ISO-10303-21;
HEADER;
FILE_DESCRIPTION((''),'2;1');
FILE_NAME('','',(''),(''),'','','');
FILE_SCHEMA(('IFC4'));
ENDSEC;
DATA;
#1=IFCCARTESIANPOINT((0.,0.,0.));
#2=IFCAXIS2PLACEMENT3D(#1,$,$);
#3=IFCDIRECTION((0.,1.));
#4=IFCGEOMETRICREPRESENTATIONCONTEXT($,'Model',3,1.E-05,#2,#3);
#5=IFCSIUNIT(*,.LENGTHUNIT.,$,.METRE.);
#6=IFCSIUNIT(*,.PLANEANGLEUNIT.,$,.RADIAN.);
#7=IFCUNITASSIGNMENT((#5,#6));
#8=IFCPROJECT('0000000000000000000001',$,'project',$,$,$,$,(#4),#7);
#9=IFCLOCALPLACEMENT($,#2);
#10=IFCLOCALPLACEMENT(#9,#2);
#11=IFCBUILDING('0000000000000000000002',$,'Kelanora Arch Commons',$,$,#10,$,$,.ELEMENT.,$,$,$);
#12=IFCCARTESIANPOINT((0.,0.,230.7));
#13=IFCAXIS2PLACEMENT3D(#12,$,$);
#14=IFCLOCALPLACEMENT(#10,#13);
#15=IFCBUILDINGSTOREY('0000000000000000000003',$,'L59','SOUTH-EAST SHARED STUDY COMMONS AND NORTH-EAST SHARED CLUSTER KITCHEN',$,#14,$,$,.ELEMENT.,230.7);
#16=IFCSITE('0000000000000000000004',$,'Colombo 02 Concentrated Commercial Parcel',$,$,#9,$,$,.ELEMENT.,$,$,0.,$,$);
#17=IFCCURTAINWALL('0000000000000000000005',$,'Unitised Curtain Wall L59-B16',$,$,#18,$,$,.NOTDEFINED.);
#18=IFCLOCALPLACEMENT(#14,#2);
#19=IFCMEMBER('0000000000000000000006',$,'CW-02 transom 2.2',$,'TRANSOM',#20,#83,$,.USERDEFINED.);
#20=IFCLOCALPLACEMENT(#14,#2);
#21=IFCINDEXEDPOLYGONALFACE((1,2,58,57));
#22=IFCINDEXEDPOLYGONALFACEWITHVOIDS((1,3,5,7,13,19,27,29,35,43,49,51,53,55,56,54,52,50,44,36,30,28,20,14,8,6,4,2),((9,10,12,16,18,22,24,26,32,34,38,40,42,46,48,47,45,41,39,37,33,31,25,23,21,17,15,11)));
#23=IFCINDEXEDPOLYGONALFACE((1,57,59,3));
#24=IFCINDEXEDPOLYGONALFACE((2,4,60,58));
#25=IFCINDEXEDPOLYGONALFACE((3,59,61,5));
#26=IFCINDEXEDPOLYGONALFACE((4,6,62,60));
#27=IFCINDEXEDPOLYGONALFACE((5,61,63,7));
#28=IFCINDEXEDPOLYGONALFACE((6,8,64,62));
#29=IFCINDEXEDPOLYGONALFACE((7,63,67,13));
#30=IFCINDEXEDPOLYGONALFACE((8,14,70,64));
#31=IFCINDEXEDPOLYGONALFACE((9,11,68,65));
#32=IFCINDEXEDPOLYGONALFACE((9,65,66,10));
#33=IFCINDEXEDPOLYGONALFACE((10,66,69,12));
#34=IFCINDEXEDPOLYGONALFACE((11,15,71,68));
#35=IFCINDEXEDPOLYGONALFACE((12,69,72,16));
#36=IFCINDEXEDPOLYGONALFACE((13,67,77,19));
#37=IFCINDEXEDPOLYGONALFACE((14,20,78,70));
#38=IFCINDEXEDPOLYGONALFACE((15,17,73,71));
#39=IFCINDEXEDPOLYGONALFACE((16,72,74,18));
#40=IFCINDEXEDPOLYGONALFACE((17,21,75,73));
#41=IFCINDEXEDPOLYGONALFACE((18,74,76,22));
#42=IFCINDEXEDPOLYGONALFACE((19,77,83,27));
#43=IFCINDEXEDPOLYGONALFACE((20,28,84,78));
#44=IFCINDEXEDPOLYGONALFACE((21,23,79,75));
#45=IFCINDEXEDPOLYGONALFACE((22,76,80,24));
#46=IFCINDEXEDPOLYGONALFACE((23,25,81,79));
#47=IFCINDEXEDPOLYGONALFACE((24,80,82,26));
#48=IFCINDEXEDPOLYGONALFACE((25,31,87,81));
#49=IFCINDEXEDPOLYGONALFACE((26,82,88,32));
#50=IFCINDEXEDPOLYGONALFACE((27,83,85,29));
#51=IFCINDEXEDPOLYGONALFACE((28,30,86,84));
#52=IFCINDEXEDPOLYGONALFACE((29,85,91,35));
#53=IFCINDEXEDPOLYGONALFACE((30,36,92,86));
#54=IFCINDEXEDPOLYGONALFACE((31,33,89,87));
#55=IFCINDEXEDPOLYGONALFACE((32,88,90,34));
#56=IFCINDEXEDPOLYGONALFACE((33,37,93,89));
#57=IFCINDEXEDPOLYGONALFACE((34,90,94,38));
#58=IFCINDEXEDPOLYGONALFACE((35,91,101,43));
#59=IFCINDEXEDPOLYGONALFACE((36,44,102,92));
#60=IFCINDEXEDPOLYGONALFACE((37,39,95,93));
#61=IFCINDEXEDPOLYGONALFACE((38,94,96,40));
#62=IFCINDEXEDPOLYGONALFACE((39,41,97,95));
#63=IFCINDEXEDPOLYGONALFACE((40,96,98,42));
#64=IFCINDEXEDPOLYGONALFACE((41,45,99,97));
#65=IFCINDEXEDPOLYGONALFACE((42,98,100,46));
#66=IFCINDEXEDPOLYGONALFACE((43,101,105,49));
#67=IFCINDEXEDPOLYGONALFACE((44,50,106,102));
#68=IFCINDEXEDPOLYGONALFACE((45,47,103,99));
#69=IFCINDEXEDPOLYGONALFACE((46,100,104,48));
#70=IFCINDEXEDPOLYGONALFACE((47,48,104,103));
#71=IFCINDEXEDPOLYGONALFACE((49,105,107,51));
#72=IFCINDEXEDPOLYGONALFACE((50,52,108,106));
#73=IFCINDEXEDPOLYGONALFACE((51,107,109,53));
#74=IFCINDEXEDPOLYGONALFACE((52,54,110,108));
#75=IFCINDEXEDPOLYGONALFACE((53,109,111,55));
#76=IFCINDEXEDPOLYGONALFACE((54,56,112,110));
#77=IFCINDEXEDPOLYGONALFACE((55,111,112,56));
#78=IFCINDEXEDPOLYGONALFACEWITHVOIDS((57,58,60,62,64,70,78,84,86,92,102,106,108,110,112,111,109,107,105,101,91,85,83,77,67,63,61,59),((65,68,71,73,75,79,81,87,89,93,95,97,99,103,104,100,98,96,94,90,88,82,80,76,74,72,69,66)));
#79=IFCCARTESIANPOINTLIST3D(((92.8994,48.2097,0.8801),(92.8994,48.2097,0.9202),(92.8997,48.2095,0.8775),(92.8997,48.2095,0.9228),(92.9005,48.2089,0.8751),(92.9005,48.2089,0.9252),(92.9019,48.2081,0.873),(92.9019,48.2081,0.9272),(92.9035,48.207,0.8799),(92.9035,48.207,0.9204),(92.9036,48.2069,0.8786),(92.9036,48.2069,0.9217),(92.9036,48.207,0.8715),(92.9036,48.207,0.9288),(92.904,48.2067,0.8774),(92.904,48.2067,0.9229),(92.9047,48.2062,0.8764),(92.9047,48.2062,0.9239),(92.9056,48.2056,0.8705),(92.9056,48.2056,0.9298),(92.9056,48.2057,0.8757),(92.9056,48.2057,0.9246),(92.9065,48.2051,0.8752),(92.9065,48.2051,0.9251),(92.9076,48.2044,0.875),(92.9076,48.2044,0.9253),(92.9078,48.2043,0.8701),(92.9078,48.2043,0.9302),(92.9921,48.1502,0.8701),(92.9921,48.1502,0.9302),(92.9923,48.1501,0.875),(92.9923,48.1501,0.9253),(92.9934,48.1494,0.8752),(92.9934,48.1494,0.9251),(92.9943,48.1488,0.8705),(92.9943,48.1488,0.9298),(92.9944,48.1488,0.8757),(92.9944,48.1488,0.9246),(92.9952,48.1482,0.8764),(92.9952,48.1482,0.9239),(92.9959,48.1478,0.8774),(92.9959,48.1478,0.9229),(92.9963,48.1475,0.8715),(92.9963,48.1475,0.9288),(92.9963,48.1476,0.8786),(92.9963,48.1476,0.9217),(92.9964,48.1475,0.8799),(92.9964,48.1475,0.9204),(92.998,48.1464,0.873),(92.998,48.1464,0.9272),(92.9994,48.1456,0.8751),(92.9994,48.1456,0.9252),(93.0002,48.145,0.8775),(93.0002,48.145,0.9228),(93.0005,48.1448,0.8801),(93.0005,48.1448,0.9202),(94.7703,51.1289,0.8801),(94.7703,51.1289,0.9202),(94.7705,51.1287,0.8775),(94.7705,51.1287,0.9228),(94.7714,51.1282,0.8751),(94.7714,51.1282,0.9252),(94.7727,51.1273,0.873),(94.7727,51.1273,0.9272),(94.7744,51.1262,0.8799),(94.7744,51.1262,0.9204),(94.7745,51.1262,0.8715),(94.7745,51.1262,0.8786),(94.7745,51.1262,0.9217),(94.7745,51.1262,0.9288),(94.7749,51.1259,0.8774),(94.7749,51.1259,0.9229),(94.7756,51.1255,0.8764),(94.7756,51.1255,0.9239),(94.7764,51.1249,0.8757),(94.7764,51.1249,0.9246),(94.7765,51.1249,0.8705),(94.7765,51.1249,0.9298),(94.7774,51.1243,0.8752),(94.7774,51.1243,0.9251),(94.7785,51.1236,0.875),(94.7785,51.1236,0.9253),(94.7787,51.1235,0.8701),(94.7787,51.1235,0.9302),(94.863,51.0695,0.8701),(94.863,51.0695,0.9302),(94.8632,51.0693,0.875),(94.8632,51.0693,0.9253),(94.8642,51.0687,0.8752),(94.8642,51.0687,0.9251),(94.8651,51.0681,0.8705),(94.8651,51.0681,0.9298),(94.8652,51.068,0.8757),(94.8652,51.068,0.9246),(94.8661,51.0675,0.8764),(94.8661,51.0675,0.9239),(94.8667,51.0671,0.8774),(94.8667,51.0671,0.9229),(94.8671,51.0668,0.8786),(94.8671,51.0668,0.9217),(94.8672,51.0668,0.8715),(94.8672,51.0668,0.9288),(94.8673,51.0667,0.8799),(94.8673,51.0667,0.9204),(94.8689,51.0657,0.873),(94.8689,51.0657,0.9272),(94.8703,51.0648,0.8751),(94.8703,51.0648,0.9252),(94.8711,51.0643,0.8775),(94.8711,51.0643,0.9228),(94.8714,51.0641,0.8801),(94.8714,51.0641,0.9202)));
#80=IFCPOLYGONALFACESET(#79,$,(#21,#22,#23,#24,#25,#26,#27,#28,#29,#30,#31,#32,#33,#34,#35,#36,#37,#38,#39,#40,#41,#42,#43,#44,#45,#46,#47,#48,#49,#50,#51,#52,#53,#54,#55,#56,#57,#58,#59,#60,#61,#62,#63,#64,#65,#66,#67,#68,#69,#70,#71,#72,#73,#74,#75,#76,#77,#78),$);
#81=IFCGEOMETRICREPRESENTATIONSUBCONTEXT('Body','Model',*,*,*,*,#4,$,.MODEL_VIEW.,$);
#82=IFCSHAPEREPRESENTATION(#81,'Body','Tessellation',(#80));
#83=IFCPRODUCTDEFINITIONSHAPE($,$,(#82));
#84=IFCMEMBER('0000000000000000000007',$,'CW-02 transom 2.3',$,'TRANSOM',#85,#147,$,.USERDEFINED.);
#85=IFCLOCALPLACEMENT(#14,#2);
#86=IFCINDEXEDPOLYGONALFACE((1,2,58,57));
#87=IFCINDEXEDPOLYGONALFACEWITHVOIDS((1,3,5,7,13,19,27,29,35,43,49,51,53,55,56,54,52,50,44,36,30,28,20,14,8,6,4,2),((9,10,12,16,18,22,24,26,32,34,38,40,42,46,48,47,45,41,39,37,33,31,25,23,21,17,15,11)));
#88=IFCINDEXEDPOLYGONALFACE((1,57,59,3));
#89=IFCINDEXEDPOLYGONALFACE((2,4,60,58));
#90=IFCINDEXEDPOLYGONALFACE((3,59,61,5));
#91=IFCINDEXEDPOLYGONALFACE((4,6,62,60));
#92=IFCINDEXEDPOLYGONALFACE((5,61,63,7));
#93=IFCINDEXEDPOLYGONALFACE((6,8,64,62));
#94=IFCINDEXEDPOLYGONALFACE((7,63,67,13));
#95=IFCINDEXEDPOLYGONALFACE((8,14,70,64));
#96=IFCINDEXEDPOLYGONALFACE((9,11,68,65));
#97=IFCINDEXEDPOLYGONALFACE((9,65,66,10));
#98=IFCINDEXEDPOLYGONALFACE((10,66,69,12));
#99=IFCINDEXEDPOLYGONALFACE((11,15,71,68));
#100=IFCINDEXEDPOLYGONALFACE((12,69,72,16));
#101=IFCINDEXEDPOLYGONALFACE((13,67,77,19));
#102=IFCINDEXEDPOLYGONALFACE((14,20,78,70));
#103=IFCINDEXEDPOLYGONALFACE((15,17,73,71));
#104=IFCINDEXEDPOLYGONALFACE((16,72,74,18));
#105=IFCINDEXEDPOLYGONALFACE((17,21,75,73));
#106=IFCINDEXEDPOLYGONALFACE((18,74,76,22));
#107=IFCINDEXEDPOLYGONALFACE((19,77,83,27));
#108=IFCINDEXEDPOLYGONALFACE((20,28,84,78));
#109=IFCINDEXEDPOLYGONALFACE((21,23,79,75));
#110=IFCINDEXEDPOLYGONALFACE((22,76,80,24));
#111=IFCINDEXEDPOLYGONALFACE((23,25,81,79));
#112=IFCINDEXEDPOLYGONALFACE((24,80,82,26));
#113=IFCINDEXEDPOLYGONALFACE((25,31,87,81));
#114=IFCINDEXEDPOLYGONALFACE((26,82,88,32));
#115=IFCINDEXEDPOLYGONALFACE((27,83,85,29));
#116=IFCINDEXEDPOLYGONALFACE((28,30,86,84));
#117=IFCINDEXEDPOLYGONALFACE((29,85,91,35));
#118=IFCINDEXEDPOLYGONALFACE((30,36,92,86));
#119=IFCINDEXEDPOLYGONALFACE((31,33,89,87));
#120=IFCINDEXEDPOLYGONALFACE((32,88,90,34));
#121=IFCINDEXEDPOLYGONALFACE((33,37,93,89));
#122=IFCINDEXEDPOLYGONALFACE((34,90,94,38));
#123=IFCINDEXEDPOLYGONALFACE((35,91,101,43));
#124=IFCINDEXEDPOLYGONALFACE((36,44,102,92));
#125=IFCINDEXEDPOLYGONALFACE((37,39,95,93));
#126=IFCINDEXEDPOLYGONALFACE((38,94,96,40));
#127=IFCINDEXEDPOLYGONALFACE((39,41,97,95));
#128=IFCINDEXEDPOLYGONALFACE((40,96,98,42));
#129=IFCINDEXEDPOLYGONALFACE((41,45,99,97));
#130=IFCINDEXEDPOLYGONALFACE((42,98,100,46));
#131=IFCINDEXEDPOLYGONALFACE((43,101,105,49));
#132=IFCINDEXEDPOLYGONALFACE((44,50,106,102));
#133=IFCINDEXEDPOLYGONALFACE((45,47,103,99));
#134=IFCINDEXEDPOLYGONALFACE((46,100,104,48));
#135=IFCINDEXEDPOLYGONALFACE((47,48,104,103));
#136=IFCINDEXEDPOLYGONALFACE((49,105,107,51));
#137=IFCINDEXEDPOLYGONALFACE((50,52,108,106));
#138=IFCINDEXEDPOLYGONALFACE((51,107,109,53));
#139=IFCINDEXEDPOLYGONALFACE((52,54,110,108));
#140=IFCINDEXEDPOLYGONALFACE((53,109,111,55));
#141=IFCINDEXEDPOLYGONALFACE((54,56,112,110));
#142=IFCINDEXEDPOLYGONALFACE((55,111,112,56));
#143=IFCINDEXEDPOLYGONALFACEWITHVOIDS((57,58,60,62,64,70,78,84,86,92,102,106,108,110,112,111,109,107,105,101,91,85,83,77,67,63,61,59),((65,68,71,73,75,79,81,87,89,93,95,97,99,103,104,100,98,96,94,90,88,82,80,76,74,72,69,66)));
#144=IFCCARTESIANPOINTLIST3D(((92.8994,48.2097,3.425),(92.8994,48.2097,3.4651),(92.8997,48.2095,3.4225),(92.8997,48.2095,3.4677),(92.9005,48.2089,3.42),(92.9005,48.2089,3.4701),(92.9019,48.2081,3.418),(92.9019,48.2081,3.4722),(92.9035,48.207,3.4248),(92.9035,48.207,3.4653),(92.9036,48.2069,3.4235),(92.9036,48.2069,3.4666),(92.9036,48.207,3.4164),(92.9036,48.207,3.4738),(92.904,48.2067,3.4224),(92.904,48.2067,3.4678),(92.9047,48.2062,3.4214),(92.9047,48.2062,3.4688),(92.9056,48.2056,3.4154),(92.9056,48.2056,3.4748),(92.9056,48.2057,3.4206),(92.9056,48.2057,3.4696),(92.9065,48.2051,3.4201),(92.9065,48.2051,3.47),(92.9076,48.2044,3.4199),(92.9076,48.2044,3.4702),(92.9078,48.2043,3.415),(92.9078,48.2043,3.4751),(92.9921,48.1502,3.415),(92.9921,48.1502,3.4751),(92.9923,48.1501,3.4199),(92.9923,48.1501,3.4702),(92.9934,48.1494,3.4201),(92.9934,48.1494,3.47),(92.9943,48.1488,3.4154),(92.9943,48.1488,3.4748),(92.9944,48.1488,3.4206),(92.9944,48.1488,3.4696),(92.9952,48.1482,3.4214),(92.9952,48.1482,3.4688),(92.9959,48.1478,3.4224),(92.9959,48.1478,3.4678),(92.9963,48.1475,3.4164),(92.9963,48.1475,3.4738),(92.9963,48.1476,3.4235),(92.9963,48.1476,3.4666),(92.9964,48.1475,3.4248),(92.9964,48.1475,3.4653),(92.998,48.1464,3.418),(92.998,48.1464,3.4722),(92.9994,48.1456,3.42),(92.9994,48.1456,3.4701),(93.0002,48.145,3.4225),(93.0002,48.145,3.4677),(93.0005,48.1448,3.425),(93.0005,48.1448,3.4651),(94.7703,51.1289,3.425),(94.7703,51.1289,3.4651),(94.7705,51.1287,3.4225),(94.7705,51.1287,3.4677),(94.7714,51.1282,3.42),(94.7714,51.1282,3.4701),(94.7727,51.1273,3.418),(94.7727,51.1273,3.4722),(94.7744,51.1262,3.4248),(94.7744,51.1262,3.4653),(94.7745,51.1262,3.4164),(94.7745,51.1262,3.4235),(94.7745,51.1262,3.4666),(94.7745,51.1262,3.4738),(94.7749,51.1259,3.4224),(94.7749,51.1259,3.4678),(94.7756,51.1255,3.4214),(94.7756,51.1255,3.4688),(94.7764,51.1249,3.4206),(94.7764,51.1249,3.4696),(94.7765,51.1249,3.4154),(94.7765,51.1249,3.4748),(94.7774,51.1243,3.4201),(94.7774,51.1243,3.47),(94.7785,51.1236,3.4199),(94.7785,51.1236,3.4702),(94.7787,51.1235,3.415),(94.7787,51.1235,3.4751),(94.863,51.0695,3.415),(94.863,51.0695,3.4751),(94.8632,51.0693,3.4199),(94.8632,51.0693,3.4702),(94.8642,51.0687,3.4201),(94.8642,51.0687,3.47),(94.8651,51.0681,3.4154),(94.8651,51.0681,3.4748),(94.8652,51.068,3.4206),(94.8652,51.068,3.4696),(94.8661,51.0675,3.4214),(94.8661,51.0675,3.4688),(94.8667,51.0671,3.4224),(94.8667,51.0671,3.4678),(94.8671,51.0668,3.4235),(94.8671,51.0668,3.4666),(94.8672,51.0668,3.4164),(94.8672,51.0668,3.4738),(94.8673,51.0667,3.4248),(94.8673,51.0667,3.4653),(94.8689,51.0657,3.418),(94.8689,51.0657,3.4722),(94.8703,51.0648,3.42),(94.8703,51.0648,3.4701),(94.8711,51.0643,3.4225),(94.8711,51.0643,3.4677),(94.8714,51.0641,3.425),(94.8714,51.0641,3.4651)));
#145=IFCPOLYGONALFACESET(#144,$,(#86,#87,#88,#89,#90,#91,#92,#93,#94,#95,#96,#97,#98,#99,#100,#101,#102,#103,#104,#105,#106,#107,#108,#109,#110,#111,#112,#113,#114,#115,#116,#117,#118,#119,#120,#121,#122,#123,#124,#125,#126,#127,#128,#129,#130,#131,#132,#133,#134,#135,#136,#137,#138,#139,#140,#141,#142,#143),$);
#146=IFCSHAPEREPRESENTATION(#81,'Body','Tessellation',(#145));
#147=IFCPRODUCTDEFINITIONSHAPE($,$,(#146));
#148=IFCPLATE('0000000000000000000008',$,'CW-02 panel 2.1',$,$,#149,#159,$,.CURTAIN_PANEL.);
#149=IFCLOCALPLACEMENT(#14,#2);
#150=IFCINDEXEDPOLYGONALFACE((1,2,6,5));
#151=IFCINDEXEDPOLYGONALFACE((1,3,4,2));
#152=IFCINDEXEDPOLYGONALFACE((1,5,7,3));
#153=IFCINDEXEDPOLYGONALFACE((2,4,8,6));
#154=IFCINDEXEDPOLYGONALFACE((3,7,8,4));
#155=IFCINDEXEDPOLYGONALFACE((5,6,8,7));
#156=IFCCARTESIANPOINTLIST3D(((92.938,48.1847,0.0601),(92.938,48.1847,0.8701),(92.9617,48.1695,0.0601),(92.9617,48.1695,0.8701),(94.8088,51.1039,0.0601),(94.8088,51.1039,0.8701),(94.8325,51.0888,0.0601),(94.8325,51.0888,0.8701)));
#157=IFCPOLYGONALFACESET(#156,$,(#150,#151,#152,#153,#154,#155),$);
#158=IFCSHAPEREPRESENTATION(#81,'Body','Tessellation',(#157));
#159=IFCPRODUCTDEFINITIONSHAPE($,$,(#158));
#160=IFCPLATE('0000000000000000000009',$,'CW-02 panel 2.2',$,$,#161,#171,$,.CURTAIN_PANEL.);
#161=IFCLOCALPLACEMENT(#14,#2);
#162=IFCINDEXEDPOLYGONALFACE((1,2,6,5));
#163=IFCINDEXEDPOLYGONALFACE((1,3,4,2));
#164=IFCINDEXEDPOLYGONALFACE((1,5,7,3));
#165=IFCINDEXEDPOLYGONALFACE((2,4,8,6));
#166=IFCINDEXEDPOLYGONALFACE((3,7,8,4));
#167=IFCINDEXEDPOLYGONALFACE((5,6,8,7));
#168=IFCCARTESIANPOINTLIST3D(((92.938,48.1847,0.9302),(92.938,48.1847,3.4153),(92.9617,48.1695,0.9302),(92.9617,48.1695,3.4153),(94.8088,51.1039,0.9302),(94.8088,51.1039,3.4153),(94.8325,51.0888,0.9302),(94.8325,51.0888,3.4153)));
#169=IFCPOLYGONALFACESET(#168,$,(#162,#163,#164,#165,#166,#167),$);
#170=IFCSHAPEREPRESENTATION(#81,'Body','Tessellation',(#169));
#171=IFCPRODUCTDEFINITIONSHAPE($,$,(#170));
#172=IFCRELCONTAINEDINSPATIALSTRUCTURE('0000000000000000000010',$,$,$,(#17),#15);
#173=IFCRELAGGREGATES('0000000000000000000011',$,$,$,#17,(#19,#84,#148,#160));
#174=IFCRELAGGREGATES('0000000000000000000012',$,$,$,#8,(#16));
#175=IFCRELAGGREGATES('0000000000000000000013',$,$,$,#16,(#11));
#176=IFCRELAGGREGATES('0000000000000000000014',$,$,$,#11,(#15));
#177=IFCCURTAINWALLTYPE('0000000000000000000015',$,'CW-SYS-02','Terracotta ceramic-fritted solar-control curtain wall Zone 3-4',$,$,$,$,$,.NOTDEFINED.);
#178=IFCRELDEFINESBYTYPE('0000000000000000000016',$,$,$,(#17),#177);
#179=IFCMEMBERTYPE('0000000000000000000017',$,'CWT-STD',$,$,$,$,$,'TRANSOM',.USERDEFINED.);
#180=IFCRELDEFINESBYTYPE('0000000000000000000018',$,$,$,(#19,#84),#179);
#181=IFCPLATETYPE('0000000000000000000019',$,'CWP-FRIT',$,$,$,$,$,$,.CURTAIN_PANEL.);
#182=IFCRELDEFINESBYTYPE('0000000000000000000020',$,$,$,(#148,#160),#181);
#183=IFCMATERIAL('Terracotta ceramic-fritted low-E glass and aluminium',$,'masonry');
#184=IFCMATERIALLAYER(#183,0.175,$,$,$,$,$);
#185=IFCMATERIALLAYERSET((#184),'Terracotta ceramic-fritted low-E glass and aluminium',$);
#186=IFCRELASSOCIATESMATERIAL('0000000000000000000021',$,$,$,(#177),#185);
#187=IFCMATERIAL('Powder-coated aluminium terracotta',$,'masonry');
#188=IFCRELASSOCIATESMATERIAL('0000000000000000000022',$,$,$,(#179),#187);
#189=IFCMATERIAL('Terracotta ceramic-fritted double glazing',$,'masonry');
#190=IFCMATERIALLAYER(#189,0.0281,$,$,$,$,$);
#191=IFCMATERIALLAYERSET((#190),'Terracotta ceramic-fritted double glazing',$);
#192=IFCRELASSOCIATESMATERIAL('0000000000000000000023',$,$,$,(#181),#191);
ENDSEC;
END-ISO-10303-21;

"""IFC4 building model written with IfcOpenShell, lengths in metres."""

from ifc_helpers import new_model, si_unit, direction, frame, origin, origin_2d, place, context, subcontext, project, spatial, rectangle, hollow_rectangle, extrude, source, transform, mapped, material, layer, layer_set, material_profile, profile_set, type_object, element, aggregate, save


model = new_model("IFC4")

# Units and contexts
model_context = context("Model", 3, precision=1e-05, world=origin(), true_north=direction((0.0, 1.0)))
body_context = subcontext(model_context, "Body", "Model", "MODEL_VIEW")
ifc_project = project(units=[si_unit("LENGTHUNIT", "METRE"), si_unit("PLANEANGLEUNIT", "RADIAN")], contexts=[model_context])

# Site, building, storey
site_placement = place(None, origin())
site = spatial("IfcSite", under=ifc_project, at=site_placement, Name="Colombo 02 Concentrated Commercial Parcel", CompositionType="ELEMENT", RefElevation=0.0)
building_placement = place(site_placement, origin())
building = spatial("IfcBuilding", under=site, at=building_placement, Name="Kelanora Arch Commons", CompositionType="ELEMENT")
storey_placement = place(building_placement, frame((0.0, 0.0, 230.7)))
storey = spatial("IfcBuildingStorey", under=building, at=storey_placement, Name="L59", Description="SOUTH-EAST SHARED STUDY COMMONS AND NORTH-EAST SHARED CLUSTER KITCHEN", CompositionType="ELEMENT", Elevation=230.7)

# Curtain wall, members, plates
ifc_material_1 = material(Name="Terracotta ceramic-fritted low-E glass and aluminium", Category="masonry")
ifc_layer_1 = layer(ifc_material_1, 0.175)
ifc_layer_set_1 = layer_set([ifc_layer_1], Name="Terracotta ceramic-fritted low-E glass and aluminium")
curtain_wall_type = type_object("IfcCurtainWallType", Name="CW-SYS-02", Description="Terracotta ceramic-fritted solar-control curtain wall Zone 3-4", PredefinedType="NOTDEFINED", material=ifc_layer_set_1)
curtain_wall_placement = place(storey_placement, origin())
curtain_wall = element("IfcCurtainWall", 1, at=curtain_wall_placement, inside=storey, type_object=curtain_wall_type, Name="Unitised Curtain Wall L59-B16", PredefinedType="NOTDEFINED")
ifc_material_2 = material(Name="Powder-coated aluminium terracotta", Category="masonry")
ifc_material_profile_1 = material_profile(ifc_material_2, hollow_rectangle(XDim=0.1201, YDim=0.0601, WallThickness=0.0049, InnerFilletRadius=0.0049, OuterFilletRadius=0.01, at=origin_2d()), Name="CWT120x60")
ifc_profile_set_1 = profile_set([ifc_material_profile_1], Name="Powder-coated aluminium terracotta")
member_type_1 = type_object("IfcMemberType", Name="CWT-STD", ElementType="TRANSOM", PredefinedType="USERDEFINED", material=ifc_profile_set_1)
member_1_placement = place(storey_placement, frame((92.95, 48.1772, 0.9001), z_axis=(0.539579, 0.841935, 0.0), x_axis=(-0.841935, 0.539579, 0.0)))
member_1 = element("IfcMember", 2, at=member_1_placement, type_object=member_type_1, Name="CW-02 transom 2.2", ObjectType="TRANSOM", PredefinedType="USERDEFINED", context=body_context, shape_type="SweptSolid", body=[
    extrude(hollow_rectangle(XDim=0.1201, YDim=0.0601, WallThickness=0.0049, InnerFilletRadius=0.0049, OuterFilletRadius=0.01, at=origin_2d()), origin(), (0.0, 0.0, 1.0), 3.4673),
])
member_2_placement = place(storey_placement, frame((92.95, 48.1772, 3.4451), z_axis=(0.539579, 0.841935, 0.0), x_axis=(-0.841935, 0.539579, 0.0)))
member_2 = element("IfcMember", 3, at=member_2_placement, type_object=member_type_1, Name="CW-02 transom 2.3", ObjectType="TRANSOM", PredefinedType="USERDEFINED", context=body_context, shape_type="SweptSolid", body=[
    extrude(hollow_rectangle(XDim=0.1201, YDim=0.0601, WallThickness=0.0049, InnerFilletRadius=0.0049, OuterFilletRadius=0.01, at=origin_2d()), origin(), (0.0, 0.0, 1.0), 3.4673),
])
ifc_material_3 = material(Name="Terracotta ceramic-fritted double glazing", Category="masonry")
ifc_layer_2 = layer(ifc_material_3, 0.0281)
ifc_layer_set_2 = layer_set([ifc_layer_2], Name="Terracotta ceramic-fritted double glazing")
plate_type = type_object("IfcPlateType", Name="CWP-FRIT", PredefinedType="CURTAIN_PANEL", material=ifc_layer_set_2)
shared_shape_1 = source(origin(), body_context, "Body", "SweptSolid", [
    extrude(rectangle(XDim=3.4673, YDim=0.0281, at=origin_2d()), origin(), (0.0, 0.0, 1.0), 0.8101),
])
plate_1_placement = place(storey_placement, frame((93.8853, 49.6367, 0.0601), z_axis=(0.0, 0.0, 1.0), x_axis=(0.539559, 0.841948, 0.0)))
plate_1 = element("IfcPlate", 4, at=plate_1_placement, type_object=plate_type, Name="CW-02 panel 2.1", PredefinedType="CURTAIN_PANEL", context=body_context, shape_type="MappedRepresentation", body=[
    mapped(shared_shape_1, transform((0.0, 0.0, 0.0), scale=1.0)),
])
shared_shape_2 = source(origin(), body_context, "Body", "SweptSolid", [
    extrude(rectangle(XDim=3.4673, YDim=0.0281, at=origin_2d()), origin(), (0.0, 0.0, 1.0), 2.4851),
])
plate_2_placement = place(storey_placement, frame((93.8853, 49.6367, 0.9302), z_axis=(0.0, 0.0, 1.0), x_axis=(0.539559, 0.841948, 0.0)))
plate_2 = element("IfcPlate", 5, at=plate_2_placement, type_object=plate_type, Name="CW-02 panel 2.2", PredefinedType="CURTAIN_PANEL", context=body_context, shape_type="MappedRepresentation", body=[
    mapped(shared_shape_2, transform((0.0, 0.0, 0.0), scale=1.0)),
])
aggregate(curtain_wall, [member_1, member_2, plate_1, plate_2])

save(model, "model.ifc")
